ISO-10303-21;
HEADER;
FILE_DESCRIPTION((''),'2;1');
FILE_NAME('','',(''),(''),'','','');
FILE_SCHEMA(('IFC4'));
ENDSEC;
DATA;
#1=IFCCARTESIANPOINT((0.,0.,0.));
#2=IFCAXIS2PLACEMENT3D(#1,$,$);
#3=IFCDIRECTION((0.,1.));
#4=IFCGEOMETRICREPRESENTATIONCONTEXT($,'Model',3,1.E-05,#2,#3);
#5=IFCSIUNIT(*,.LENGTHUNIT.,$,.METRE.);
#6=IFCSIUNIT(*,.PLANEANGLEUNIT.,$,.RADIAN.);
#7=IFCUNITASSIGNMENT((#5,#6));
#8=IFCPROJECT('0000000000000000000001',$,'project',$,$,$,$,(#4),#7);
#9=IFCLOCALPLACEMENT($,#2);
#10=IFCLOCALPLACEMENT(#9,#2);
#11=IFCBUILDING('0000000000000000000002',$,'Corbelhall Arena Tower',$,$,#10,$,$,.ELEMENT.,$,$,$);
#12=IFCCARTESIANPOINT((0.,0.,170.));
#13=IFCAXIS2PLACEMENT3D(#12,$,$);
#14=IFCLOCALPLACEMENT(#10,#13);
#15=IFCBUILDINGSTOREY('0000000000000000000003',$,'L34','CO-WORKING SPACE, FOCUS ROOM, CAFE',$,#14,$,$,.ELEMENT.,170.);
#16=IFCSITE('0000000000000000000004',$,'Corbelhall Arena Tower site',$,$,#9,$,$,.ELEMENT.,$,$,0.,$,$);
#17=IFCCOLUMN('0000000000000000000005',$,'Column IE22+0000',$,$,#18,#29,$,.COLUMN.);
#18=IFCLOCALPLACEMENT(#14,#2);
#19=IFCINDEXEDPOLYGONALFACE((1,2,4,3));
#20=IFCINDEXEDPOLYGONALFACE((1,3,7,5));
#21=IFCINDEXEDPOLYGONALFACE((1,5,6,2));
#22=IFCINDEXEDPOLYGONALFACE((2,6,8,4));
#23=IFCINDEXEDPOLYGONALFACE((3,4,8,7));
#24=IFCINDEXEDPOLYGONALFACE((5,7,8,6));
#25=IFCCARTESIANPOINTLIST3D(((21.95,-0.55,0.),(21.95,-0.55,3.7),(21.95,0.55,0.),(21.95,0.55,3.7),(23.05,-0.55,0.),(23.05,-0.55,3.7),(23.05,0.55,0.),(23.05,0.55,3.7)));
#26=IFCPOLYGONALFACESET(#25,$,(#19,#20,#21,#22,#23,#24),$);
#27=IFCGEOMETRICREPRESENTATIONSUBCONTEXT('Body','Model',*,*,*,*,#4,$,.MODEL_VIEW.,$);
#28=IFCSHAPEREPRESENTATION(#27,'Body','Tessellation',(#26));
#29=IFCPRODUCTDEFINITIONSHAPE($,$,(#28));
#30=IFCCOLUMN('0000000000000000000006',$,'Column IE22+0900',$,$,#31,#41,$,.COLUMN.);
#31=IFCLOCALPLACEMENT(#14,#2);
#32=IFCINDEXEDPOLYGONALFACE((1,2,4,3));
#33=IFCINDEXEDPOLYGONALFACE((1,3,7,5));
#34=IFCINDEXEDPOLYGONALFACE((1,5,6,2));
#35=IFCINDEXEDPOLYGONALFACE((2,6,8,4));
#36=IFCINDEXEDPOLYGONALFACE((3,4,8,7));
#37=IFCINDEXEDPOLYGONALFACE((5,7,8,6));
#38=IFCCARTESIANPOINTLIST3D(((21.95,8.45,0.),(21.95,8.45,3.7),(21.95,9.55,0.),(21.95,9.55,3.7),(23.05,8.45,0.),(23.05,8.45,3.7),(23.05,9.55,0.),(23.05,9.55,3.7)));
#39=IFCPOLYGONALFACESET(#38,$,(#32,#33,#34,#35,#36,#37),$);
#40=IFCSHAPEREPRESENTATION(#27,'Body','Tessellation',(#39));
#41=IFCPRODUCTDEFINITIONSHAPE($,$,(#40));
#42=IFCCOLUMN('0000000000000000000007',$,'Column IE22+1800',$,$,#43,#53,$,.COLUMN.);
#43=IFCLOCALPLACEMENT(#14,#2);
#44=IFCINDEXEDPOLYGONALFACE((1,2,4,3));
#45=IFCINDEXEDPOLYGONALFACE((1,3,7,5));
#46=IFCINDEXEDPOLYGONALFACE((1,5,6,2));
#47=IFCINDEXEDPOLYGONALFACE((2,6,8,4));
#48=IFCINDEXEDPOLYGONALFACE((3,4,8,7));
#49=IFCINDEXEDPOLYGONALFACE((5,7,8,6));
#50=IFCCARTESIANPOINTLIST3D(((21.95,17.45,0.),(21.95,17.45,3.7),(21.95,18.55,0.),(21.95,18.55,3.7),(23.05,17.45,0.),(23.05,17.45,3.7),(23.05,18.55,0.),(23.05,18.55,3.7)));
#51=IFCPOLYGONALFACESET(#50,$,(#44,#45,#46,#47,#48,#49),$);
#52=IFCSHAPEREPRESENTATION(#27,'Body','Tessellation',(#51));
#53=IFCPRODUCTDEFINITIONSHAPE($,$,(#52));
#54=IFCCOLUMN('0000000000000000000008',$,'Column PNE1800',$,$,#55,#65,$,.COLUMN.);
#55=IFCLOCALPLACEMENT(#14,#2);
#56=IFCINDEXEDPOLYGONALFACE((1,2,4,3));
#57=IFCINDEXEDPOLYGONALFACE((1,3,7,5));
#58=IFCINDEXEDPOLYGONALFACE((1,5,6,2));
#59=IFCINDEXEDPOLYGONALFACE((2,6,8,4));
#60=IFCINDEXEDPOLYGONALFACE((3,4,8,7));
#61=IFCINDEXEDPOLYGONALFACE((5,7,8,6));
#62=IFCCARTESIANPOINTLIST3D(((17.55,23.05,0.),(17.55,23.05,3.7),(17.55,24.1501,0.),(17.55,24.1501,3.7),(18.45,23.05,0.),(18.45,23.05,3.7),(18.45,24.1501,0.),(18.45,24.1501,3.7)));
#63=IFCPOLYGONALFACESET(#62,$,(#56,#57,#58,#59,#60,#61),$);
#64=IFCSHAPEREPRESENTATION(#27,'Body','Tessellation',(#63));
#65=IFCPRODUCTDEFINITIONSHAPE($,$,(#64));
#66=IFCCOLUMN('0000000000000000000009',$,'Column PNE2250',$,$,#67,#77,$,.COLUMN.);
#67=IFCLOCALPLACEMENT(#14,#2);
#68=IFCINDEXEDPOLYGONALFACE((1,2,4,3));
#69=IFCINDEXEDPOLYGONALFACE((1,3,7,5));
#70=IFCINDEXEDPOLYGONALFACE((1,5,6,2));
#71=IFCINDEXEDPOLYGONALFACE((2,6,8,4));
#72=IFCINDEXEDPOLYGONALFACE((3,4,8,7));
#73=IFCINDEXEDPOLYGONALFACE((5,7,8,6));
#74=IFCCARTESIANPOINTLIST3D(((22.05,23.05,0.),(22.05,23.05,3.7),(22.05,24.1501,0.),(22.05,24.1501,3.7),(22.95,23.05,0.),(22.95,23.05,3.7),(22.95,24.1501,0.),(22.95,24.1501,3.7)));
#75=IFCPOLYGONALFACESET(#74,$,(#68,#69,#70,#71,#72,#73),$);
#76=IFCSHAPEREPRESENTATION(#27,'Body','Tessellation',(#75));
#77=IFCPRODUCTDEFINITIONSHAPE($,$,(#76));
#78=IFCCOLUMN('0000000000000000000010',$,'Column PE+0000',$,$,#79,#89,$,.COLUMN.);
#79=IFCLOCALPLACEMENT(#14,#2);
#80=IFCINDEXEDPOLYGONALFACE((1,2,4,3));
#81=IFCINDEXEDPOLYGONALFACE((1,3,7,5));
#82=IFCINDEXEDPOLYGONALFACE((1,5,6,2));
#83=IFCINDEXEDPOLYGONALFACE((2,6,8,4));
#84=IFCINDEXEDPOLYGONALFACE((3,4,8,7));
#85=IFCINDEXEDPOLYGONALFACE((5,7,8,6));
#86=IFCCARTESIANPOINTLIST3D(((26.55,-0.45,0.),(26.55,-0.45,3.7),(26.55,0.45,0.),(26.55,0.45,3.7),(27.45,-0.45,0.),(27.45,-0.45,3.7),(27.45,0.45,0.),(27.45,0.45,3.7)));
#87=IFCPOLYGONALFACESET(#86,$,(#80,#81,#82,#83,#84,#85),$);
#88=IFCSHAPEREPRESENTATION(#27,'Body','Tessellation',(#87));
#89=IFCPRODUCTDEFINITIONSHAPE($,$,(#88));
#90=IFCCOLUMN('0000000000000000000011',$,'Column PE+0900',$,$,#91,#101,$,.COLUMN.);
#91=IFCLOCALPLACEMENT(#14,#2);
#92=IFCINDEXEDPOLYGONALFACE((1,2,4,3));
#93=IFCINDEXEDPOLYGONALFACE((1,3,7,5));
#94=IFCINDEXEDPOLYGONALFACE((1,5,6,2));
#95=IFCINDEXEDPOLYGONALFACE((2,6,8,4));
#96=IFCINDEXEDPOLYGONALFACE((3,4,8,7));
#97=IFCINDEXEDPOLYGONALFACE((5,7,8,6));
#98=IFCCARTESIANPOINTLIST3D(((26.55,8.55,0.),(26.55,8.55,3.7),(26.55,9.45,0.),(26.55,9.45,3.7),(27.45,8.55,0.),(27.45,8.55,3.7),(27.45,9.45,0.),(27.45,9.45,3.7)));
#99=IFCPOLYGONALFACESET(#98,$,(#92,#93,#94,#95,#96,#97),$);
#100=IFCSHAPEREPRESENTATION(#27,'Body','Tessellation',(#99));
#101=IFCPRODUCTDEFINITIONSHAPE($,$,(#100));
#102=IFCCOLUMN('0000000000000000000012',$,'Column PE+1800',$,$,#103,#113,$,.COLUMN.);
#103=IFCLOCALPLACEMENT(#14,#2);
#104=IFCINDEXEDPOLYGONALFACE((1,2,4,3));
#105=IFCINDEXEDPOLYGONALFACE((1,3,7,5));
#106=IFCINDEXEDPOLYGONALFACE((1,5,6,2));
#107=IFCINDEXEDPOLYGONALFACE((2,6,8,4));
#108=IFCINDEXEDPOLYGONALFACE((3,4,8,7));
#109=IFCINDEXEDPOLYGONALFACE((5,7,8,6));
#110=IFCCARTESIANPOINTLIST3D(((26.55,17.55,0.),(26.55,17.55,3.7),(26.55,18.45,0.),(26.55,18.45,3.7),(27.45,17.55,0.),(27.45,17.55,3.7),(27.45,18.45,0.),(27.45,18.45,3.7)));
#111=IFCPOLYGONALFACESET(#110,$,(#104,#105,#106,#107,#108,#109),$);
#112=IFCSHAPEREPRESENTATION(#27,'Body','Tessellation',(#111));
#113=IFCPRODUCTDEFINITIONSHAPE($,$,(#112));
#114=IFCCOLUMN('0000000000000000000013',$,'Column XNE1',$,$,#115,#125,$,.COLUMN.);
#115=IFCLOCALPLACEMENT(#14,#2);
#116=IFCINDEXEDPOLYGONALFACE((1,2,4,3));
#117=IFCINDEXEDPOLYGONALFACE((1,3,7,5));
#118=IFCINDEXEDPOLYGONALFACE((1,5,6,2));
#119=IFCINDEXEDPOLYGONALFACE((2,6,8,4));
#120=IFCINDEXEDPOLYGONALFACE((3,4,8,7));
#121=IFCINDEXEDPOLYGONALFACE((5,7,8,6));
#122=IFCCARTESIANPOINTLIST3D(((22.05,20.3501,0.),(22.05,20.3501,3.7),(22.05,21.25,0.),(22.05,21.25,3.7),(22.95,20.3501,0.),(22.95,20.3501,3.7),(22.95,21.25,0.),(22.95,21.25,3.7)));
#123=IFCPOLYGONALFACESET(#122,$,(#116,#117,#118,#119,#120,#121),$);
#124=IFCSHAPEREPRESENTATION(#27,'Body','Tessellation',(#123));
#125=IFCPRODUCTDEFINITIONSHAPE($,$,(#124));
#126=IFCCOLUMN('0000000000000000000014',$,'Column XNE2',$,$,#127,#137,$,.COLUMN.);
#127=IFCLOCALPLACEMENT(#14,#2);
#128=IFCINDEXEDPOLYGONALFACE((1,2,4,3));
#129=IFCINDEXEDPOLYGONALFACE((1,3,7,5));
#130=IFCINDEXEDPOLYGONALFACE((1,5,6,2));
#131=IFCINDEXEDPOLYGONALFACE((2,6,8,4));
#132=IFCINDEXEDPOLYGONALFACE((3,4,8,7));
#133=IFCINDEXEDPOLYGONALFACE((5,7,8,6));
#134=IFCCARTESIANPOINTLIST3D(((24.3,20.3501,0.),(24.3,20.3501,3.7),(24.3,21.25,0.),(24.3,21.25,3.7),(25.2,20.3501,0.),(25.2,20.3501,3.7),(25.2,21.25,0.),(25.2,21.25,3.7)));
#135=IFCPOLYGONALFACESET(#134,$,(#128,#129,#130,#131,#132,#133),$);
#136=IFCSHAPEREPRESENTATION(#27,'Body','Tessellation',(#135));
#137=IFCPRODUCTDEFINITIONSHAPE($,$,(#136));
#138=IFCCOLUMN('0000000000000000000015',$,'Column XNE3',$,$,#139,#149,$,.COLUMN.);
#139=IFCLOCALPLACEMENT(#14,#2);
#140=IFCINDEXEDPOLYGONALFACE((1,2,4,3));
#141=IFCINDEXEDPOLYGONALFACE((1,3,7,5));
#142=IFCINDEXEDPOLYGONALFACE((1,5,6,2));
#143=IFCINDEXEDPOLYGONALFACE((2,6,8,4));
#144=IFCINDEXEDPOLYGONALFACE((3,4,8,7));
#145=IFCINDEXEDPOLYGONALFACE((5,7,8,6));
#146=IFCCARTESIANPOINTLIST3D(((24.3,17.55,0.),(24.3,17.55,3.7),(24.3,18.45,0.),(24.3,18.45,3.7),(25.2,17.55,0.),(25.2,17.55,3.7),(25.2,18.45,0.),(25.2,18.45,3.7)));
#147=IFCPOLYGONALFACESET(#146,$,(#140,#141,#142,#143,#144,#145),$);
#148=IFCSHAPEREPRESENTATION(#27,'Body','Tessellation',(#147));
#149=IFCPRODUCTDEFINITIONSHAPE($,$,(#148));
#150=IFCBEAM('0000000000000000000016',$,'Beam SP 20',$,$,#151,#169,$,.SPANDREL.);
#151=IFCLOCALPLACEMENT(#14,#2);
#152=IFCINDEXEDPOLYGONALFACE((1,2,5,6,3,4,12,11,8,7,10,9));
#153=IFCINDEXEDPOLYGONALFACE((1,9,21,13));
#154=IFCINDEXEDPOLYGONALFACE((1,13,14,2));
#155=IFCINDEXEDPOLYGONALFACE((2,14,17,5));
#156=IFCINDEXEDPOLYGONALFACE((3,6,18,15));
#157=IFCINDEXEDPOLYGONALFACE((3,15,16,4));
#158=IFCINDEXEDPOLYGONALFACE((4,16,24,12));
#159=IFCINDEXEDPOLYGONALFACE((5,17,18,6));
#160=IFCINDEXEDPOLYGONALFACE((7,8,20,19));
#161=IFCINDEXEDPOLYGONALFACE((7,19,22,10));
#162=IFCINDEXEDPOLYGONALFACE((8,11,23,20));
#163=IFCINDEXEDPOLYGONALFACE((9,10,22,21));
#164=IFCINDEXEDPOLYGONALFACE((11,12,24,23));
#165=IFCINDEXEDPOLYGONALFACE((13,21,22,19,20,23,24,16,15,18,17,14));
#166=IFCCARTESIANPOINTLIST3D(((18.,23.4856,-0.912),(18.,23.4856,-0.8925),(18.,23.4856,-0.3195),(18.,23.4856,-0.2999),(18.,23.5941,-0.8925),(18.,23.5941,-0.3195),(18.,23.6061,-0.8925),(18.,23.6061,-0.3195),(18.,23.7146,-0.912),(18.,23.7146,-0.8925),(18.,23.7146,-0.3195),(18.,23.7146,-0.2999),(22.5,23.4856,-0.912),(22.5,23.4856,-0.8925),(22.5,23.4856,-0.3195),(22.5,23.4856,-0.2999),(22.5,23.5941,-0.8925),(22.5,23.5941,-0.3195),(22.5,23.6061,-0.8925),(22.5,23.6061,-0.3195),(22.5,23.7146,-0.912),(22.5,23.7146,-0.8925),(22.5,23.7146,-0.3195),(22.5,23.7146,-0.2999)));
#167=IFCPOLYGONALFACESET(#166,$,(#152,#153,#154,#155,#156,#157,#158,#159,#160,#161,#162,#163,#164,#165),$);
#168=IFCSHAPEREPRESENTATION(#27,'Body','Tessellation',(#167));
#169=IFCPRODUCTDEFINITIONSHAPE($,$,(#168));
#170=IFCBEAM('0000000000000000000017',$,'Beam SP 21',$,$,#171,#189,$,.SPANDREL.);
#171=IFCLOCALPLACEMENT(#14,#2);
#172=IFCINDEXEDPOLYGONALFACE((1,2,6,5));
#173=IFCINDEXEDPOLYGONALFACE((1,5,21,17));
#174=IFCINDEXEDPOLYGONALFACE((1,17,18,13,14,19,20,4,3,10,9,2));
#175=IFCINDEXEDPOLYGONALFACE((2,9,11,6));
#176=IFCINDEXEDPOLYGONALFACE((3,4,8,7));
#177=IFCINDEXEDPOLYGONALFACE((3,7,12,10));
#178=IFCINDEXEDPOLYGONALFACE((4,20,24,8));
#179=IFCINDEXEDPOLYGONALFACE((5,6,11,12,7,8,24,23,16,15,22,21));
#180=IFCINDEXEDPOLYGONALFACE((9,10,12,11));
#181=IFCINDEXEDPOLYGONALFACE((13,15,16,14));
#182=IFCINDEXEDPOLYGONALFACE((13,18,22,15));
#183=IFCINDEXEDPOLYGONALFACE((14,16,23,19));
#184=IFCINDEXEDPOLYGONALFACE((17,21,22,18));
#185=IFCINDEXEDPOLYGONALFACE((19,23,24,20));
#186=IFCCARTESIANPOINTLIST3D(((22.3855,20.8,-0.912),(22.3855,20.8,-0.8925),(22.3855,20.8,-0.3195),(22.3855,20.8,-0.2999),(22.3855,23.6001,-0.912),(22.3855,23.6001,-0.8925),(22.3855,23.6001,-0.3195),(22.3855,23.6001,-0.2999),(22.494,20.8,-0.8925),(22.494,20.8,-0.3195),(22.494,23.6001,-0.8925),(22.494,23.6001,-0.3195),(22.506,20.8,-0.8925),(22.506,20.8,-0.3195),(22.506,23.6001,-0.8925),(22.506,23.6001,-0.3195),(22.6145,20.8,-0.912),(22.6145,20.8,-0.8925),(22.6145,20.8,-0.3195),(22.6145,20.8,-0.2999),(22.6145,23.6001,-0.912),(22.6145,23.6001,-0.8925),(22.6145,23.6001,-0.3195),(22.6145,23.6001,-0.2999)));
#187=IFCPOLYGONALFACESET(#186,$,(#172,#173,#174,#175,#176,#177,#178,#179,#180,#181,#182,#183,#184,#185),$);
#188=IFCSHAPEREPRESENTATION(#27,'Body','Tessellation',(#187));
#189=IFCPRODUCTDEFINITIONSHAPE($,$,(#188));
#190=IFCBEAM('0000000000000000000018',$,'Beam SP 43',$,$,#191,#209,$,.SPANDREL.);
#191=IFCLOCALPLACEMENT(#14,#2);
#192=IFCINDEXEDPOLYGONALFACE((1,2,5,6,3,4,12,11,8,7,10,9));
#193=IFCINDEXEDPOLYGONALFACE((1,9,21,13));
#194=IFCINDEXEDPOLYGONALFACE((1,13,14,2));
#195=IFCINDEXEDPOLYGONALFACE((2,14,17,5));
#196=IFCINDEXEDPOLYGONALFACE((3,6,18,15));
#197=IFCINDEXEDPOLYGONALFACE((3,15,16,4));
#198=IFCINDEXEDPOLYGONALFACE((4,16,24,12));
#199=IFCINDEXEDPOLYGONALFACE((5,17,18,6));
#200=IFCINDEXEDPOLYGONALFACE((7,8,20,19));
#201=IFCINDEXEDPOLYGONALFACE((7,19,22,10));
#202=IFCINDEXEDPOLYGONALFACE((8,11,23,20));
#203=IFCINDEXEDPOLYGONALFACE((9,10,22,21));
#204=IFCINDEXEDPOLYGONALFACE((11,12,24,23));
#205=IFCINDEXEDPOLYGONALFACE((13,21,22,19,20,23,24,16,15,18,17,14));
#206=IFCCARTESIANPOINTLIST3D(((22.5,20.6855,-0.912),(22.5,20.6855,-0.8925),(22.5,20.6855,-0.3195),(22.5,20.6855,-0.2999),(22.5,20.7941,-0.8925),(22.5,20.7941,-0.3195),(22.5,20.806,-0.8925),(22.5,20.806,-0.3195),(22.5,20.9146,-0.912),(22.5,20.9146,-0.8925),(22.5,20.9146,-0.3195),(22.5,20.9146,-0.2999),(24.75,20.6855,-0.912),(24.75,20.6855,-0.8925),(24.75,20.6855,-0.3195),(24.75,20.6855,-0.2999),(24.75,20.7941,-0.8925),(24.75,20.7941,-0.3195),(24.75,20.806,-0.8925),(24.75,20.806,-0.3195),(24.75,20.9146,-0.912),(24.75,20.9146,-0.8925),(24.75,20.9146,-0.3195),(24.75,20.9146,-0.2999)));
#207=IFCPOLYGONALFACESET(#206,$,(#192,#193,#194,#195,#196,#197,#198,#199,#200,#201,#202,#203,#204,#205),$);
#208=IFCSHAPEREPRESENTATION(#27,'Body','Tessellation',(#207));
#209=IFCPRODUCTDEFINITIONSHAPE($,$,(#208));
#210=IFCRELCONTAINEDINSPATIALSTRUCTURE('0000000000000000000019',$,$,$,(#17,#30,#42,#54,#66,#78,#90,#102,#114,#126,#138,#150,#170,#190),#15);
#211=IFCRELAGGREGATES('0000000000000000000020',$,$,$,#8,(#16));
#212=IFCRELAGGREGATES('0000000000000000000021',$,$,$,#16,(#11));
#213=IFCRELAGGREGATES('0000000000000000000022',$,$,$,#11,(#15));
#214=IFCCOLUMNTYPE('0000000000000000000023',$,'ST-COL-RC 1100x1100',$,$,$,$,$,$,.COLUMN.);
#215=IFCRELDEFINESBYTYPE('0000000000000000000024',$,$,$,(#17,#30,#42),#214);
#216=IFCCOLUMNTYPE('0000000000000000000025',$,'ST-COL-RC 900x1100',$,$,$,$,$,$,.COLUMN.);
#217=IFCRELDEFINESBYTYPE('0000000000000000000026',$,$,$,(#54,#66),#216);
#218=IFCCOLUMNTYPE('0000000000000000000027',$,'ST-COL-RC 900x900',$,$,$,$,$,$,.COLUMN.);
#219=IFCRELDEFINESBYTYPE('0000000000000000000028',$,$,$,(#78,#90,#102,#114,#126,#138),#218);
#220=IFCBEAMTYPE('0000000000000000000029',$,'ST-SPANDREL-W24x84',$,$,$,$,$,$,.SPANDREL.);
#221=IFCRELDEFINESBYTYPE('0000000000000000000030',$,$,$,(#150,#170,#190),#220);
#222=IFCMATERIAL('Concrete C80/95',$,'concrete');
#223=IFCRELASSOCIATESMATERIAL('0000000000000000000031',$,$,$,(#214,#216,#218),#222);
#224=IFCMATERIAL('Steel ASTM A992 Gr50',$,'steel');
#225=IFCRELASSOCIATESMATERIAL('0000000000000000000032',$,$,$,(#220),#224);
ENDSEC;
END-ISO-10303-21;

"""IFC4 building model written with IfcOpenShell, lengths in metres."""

from ifc_helpers import new_model, si_unit, direction, frame, origin, origin_2d, place, context, subcontext, project, spatial, rectangle, i_section, extrude, material, material_profile, profile_set, type_object, element, save


model = new_model("IFC4")

# Units and contexts
model_context = context("Model", 3, precision=1e-05, world=origin(), true_north=direction((0.0, 1.0)))
body_context = subcontext(model_context, "Body", "Model", "MODEL_VIEW")
ifc_project = project(units=[si_unit("LENGTHUNIT", "METRE"), si_unit("PLANEANGLEUNIT", "RADIAN")], contexts=[model_context])

# Site, building, storey
site_placement = place(None, origin())
site = spatial("IfcSite", under=ifc_project, at=site_placement, Name="Corbelhall Arena Tower site", CompositionType="ELEMENT", RefElevation=0.0)
building_placement = place(site_placement, origin())
building = spatial("IfcBuilding", under=site, at=building_placement, Name="Corbelhall Arena Tower", CompositionType="ELEMENT")
storey_placement = place(building_placement, frame((0.0, 0.0, 170.0)))
storey = spatial("IfcBuildingStorey", under=building, at=storey_placement, Name="L34", Description="CO-WORKING SPACE, FOCUS ROOM, CAFE", CompositionType="ELEMENT", Elevation=170.0)

# Columns
ifc_material_1 = material(Name="Concrete C80/95", Category="concrete")
ifc_material_profile_1 = material_profile(ifc_material_1, rectangle(XDim=1.1001, YDim=1.1001, at=origin_2d()))
ifc_profile_set_1 = profile_set([ifc_material_profile_1], Name="Concrete C80/95")
column_type_1 = type_object("IfcColumnType", Name="ST-COL-RC 1100x1100", PredefinedType="COLUMN", material=ifc_profile_set_1)
for number, where, z_axis, x_axis, name in (
    (1, (22.5, 0.0, 0.0), (0.0, 0.0, 1.0), (1.0, 0.0, 0.0), "Column IE22+0000"),
    (2, (22.5, 9.0, 0.0), (0.0, 0.0, 1.0), (1.0, 0.0, 0.0), "Column IE22+0900"),
    (3, (22.5, 18.0, 0.0), (0.0, 0.0, 1.0), (1.0, 0.0, 0.0), "Column IE22+1800"),
):
    element("IfcColumn", number, at=place(storey_placement, frame(where, z_axis=z_axis, x_axis=x_axis)), inside=storey, type_object=column_type_1, Name=name, PredefinedType="COLUMN", context=body_context, shape_type="SweptSolid", body=[
        extrude(rectangle(XDim=1.1001, YDim=1.1001, at=origin_2d()), origin(), (0.0, 0.0, 1.0), 3.7),
    ])
ifc_material_profile_2 = material_profile(ifc_material_1, rectangle(XDim=0.8999, YDim=1.1001, at=origin_2d()))
ifc_profile_set_2 = profile_set([ifc_material_profile_2], Name="Concrete C80/95")
column_type_2 = type_object("IfcColumnType", Name="ST-COL-RC 900x1100", PredefinedType="COLUMN", material=ifc_profile_set_2)
for number, where, z_axis, x_axis, name in (
    (4, (18.0, 23.6001, 0.0), (0.0, 0.0, 1.0), (1.0, 0.0, 0.0), "Column PNE1800"),
    (5, (22.5, 23.6001, 0.0), (0.0, 0.0, 1.0), (1.0, 0.0, 0.0), "Column PNE2250"),
):
    element("IfcColumn", number, at=place(storey_placement, frame(where, z_axis=z_axis, x_axis=x_axis)), inside=storey, type_object=column_type_2, Name=name, PredefinedType="COLUMN", context=body_context, shape_type="SweptSolid", body=[
        extrude(rectangle(XDim=0.8999, YDim=1.1001, at=origin_2d()), origin(), (0.0, 0.0, 1.0), 3.7),
    ])
ifc_material_profile_3 = material_profile(ifc_material_1, rectangle(XDim=0.8999, YDim=0.8999, at=origin_2d()))
ifc_profile_set_3 = profile_set([ifc_material_profile_3], Name="Concrete C80/95")
column_type_3 = type_object("IfcColumnType", Name="ST-COL-RC 900x900", PredefinedType="COLUMN", material=ifc_profile_set_3)
for number, where, z_axis, x_axis, name in (
    (6, (27.0, 0.0, 0.0), (0.0, 0.0, 1.0), (1.0, 0.0, 0.0), "Column PE+0000"),
    (7, (27.0, 9.0, 0.0), (0.0, 0.0, 1.0), (1.0, 0.0, 0.0), "Column PE+0900"),
    (8, (27.0, 18.0, 0.0), (0.0, 0.0, 1.0), (1.0, 0.0, 0.0), "Column PE+1800"),
    (9, (22.5, 20.8, 0.0), (0.0, 0.0, 1.0), (1.0, 0.0, 0.0), "Column XNE1"),
    (10, (24.75, 20.8, 0.0), (0.0, 0.0, 1.0), (1.0, 0.0, 0.0), "Column XNE2"),
    (11, (24.75, 18.0, 0.0), (0.0, 0.0, 1.0), (1.0, 0.0, 0.0), "Column XNE3"),
):
    element("IfcColumn", number, at=place(storey_placement, frame(where, z_axis=z_axis, x_axis=x_axis)), inside=storey, type_object=column_type_3, Name=name, PredefinedType="COLUMN", context=body_context, shape_type="SweptSolid", body=[
        extrude(rectangle(XDim=0.8999, YDim=0.8999, at=origin_2d()), origin(), (0.0, 0.0, 1.0), 3.7),
    ])

# Beams
ifc_material_2 = material(Name="Steel ASTM A992 Gr50", Category="steel")
ifc_material_profile_4 = material_profile(ifc_material_2, i_section(OverallWidth=0.229, OverallDepth=0.6121, WebThickness=0.012, FlangeThickness=0.0195, at=origin_2d()))
ifc_profile_set_4 = profile_set([ifc_material_profile_4], Name="Steel ASTM A992 Gr50")
beam_type = type_object("IfcBeamType", Name="ST-SPANDREL-W24x84", PredefinedType="SPANDREL", material=ifc_profile_set_4)
beam_1_placement = place(storey_placement, frame((18.0, 23.6001, -0.606), z_axis=(1.0, 0.0, 0.0), x_axis=(0.0, 1.0, 0.0)))
element("IfcBeam", 12, at=beam_1_placement, inside=storey, type_object=beam_type, Name="Beam SP 20", PredefinedType="SPANDREL", context=body_context, shape_type="SweptSolid", body=[
    extrude(i_section(OverallWidth=0.229, OverallDepth=0.6121, WebThickness=0.012, FlangeThickness=0.0195, at=origin_2d()), origin(), (0.0, 0.0, 1.0), 4.5),
])
beam_2_placement = place(storey_placement, frame((22.5, 23.6001, -0.606), z_axis=(0.0, -1.0, 0.0), x_axis=(1.0, 0.0, 0.0)))
element("IfcBeam", 13, at=beam_2_placement, inside=storey, type_object=beam_type, Name="Beam SP 21", PredefinedType="SPANDREL", context=body_context, shape_type="SweptSolid", body=[
    extrude(i_section(OverallWidth=0.229, OverallDepth=0.6121, WebThickness=0.012, FlangeThickness=0.0195, at=origin_2d()), origin(), (0.0, 0.0, 1.0), 2.8),
])
beam_3_placement = place(storey_placement, frame((22.5, 20.8, -0.606), z_axis=(1.0, 0.0, 0.0), x_axis=(0.0, 1.0, 0.0)))
element("IfcBeam", 14, at=beam_3_placement, inside=storey, type_object=beam_type, Name="Beam SP 43", PredefinedType="SPANDREL", context=body_context, shape_type="SweptSolid", body=[
    extrude(i_section(OverallWidth=0.229, OverallDepth=0.6121, WebThickness=0.012, FlangeThickness=0.0195, at=origin_2d()), origin(), (0.0, 0.0, 1.0), 2.25),
])

save(model, "model.ifc")
